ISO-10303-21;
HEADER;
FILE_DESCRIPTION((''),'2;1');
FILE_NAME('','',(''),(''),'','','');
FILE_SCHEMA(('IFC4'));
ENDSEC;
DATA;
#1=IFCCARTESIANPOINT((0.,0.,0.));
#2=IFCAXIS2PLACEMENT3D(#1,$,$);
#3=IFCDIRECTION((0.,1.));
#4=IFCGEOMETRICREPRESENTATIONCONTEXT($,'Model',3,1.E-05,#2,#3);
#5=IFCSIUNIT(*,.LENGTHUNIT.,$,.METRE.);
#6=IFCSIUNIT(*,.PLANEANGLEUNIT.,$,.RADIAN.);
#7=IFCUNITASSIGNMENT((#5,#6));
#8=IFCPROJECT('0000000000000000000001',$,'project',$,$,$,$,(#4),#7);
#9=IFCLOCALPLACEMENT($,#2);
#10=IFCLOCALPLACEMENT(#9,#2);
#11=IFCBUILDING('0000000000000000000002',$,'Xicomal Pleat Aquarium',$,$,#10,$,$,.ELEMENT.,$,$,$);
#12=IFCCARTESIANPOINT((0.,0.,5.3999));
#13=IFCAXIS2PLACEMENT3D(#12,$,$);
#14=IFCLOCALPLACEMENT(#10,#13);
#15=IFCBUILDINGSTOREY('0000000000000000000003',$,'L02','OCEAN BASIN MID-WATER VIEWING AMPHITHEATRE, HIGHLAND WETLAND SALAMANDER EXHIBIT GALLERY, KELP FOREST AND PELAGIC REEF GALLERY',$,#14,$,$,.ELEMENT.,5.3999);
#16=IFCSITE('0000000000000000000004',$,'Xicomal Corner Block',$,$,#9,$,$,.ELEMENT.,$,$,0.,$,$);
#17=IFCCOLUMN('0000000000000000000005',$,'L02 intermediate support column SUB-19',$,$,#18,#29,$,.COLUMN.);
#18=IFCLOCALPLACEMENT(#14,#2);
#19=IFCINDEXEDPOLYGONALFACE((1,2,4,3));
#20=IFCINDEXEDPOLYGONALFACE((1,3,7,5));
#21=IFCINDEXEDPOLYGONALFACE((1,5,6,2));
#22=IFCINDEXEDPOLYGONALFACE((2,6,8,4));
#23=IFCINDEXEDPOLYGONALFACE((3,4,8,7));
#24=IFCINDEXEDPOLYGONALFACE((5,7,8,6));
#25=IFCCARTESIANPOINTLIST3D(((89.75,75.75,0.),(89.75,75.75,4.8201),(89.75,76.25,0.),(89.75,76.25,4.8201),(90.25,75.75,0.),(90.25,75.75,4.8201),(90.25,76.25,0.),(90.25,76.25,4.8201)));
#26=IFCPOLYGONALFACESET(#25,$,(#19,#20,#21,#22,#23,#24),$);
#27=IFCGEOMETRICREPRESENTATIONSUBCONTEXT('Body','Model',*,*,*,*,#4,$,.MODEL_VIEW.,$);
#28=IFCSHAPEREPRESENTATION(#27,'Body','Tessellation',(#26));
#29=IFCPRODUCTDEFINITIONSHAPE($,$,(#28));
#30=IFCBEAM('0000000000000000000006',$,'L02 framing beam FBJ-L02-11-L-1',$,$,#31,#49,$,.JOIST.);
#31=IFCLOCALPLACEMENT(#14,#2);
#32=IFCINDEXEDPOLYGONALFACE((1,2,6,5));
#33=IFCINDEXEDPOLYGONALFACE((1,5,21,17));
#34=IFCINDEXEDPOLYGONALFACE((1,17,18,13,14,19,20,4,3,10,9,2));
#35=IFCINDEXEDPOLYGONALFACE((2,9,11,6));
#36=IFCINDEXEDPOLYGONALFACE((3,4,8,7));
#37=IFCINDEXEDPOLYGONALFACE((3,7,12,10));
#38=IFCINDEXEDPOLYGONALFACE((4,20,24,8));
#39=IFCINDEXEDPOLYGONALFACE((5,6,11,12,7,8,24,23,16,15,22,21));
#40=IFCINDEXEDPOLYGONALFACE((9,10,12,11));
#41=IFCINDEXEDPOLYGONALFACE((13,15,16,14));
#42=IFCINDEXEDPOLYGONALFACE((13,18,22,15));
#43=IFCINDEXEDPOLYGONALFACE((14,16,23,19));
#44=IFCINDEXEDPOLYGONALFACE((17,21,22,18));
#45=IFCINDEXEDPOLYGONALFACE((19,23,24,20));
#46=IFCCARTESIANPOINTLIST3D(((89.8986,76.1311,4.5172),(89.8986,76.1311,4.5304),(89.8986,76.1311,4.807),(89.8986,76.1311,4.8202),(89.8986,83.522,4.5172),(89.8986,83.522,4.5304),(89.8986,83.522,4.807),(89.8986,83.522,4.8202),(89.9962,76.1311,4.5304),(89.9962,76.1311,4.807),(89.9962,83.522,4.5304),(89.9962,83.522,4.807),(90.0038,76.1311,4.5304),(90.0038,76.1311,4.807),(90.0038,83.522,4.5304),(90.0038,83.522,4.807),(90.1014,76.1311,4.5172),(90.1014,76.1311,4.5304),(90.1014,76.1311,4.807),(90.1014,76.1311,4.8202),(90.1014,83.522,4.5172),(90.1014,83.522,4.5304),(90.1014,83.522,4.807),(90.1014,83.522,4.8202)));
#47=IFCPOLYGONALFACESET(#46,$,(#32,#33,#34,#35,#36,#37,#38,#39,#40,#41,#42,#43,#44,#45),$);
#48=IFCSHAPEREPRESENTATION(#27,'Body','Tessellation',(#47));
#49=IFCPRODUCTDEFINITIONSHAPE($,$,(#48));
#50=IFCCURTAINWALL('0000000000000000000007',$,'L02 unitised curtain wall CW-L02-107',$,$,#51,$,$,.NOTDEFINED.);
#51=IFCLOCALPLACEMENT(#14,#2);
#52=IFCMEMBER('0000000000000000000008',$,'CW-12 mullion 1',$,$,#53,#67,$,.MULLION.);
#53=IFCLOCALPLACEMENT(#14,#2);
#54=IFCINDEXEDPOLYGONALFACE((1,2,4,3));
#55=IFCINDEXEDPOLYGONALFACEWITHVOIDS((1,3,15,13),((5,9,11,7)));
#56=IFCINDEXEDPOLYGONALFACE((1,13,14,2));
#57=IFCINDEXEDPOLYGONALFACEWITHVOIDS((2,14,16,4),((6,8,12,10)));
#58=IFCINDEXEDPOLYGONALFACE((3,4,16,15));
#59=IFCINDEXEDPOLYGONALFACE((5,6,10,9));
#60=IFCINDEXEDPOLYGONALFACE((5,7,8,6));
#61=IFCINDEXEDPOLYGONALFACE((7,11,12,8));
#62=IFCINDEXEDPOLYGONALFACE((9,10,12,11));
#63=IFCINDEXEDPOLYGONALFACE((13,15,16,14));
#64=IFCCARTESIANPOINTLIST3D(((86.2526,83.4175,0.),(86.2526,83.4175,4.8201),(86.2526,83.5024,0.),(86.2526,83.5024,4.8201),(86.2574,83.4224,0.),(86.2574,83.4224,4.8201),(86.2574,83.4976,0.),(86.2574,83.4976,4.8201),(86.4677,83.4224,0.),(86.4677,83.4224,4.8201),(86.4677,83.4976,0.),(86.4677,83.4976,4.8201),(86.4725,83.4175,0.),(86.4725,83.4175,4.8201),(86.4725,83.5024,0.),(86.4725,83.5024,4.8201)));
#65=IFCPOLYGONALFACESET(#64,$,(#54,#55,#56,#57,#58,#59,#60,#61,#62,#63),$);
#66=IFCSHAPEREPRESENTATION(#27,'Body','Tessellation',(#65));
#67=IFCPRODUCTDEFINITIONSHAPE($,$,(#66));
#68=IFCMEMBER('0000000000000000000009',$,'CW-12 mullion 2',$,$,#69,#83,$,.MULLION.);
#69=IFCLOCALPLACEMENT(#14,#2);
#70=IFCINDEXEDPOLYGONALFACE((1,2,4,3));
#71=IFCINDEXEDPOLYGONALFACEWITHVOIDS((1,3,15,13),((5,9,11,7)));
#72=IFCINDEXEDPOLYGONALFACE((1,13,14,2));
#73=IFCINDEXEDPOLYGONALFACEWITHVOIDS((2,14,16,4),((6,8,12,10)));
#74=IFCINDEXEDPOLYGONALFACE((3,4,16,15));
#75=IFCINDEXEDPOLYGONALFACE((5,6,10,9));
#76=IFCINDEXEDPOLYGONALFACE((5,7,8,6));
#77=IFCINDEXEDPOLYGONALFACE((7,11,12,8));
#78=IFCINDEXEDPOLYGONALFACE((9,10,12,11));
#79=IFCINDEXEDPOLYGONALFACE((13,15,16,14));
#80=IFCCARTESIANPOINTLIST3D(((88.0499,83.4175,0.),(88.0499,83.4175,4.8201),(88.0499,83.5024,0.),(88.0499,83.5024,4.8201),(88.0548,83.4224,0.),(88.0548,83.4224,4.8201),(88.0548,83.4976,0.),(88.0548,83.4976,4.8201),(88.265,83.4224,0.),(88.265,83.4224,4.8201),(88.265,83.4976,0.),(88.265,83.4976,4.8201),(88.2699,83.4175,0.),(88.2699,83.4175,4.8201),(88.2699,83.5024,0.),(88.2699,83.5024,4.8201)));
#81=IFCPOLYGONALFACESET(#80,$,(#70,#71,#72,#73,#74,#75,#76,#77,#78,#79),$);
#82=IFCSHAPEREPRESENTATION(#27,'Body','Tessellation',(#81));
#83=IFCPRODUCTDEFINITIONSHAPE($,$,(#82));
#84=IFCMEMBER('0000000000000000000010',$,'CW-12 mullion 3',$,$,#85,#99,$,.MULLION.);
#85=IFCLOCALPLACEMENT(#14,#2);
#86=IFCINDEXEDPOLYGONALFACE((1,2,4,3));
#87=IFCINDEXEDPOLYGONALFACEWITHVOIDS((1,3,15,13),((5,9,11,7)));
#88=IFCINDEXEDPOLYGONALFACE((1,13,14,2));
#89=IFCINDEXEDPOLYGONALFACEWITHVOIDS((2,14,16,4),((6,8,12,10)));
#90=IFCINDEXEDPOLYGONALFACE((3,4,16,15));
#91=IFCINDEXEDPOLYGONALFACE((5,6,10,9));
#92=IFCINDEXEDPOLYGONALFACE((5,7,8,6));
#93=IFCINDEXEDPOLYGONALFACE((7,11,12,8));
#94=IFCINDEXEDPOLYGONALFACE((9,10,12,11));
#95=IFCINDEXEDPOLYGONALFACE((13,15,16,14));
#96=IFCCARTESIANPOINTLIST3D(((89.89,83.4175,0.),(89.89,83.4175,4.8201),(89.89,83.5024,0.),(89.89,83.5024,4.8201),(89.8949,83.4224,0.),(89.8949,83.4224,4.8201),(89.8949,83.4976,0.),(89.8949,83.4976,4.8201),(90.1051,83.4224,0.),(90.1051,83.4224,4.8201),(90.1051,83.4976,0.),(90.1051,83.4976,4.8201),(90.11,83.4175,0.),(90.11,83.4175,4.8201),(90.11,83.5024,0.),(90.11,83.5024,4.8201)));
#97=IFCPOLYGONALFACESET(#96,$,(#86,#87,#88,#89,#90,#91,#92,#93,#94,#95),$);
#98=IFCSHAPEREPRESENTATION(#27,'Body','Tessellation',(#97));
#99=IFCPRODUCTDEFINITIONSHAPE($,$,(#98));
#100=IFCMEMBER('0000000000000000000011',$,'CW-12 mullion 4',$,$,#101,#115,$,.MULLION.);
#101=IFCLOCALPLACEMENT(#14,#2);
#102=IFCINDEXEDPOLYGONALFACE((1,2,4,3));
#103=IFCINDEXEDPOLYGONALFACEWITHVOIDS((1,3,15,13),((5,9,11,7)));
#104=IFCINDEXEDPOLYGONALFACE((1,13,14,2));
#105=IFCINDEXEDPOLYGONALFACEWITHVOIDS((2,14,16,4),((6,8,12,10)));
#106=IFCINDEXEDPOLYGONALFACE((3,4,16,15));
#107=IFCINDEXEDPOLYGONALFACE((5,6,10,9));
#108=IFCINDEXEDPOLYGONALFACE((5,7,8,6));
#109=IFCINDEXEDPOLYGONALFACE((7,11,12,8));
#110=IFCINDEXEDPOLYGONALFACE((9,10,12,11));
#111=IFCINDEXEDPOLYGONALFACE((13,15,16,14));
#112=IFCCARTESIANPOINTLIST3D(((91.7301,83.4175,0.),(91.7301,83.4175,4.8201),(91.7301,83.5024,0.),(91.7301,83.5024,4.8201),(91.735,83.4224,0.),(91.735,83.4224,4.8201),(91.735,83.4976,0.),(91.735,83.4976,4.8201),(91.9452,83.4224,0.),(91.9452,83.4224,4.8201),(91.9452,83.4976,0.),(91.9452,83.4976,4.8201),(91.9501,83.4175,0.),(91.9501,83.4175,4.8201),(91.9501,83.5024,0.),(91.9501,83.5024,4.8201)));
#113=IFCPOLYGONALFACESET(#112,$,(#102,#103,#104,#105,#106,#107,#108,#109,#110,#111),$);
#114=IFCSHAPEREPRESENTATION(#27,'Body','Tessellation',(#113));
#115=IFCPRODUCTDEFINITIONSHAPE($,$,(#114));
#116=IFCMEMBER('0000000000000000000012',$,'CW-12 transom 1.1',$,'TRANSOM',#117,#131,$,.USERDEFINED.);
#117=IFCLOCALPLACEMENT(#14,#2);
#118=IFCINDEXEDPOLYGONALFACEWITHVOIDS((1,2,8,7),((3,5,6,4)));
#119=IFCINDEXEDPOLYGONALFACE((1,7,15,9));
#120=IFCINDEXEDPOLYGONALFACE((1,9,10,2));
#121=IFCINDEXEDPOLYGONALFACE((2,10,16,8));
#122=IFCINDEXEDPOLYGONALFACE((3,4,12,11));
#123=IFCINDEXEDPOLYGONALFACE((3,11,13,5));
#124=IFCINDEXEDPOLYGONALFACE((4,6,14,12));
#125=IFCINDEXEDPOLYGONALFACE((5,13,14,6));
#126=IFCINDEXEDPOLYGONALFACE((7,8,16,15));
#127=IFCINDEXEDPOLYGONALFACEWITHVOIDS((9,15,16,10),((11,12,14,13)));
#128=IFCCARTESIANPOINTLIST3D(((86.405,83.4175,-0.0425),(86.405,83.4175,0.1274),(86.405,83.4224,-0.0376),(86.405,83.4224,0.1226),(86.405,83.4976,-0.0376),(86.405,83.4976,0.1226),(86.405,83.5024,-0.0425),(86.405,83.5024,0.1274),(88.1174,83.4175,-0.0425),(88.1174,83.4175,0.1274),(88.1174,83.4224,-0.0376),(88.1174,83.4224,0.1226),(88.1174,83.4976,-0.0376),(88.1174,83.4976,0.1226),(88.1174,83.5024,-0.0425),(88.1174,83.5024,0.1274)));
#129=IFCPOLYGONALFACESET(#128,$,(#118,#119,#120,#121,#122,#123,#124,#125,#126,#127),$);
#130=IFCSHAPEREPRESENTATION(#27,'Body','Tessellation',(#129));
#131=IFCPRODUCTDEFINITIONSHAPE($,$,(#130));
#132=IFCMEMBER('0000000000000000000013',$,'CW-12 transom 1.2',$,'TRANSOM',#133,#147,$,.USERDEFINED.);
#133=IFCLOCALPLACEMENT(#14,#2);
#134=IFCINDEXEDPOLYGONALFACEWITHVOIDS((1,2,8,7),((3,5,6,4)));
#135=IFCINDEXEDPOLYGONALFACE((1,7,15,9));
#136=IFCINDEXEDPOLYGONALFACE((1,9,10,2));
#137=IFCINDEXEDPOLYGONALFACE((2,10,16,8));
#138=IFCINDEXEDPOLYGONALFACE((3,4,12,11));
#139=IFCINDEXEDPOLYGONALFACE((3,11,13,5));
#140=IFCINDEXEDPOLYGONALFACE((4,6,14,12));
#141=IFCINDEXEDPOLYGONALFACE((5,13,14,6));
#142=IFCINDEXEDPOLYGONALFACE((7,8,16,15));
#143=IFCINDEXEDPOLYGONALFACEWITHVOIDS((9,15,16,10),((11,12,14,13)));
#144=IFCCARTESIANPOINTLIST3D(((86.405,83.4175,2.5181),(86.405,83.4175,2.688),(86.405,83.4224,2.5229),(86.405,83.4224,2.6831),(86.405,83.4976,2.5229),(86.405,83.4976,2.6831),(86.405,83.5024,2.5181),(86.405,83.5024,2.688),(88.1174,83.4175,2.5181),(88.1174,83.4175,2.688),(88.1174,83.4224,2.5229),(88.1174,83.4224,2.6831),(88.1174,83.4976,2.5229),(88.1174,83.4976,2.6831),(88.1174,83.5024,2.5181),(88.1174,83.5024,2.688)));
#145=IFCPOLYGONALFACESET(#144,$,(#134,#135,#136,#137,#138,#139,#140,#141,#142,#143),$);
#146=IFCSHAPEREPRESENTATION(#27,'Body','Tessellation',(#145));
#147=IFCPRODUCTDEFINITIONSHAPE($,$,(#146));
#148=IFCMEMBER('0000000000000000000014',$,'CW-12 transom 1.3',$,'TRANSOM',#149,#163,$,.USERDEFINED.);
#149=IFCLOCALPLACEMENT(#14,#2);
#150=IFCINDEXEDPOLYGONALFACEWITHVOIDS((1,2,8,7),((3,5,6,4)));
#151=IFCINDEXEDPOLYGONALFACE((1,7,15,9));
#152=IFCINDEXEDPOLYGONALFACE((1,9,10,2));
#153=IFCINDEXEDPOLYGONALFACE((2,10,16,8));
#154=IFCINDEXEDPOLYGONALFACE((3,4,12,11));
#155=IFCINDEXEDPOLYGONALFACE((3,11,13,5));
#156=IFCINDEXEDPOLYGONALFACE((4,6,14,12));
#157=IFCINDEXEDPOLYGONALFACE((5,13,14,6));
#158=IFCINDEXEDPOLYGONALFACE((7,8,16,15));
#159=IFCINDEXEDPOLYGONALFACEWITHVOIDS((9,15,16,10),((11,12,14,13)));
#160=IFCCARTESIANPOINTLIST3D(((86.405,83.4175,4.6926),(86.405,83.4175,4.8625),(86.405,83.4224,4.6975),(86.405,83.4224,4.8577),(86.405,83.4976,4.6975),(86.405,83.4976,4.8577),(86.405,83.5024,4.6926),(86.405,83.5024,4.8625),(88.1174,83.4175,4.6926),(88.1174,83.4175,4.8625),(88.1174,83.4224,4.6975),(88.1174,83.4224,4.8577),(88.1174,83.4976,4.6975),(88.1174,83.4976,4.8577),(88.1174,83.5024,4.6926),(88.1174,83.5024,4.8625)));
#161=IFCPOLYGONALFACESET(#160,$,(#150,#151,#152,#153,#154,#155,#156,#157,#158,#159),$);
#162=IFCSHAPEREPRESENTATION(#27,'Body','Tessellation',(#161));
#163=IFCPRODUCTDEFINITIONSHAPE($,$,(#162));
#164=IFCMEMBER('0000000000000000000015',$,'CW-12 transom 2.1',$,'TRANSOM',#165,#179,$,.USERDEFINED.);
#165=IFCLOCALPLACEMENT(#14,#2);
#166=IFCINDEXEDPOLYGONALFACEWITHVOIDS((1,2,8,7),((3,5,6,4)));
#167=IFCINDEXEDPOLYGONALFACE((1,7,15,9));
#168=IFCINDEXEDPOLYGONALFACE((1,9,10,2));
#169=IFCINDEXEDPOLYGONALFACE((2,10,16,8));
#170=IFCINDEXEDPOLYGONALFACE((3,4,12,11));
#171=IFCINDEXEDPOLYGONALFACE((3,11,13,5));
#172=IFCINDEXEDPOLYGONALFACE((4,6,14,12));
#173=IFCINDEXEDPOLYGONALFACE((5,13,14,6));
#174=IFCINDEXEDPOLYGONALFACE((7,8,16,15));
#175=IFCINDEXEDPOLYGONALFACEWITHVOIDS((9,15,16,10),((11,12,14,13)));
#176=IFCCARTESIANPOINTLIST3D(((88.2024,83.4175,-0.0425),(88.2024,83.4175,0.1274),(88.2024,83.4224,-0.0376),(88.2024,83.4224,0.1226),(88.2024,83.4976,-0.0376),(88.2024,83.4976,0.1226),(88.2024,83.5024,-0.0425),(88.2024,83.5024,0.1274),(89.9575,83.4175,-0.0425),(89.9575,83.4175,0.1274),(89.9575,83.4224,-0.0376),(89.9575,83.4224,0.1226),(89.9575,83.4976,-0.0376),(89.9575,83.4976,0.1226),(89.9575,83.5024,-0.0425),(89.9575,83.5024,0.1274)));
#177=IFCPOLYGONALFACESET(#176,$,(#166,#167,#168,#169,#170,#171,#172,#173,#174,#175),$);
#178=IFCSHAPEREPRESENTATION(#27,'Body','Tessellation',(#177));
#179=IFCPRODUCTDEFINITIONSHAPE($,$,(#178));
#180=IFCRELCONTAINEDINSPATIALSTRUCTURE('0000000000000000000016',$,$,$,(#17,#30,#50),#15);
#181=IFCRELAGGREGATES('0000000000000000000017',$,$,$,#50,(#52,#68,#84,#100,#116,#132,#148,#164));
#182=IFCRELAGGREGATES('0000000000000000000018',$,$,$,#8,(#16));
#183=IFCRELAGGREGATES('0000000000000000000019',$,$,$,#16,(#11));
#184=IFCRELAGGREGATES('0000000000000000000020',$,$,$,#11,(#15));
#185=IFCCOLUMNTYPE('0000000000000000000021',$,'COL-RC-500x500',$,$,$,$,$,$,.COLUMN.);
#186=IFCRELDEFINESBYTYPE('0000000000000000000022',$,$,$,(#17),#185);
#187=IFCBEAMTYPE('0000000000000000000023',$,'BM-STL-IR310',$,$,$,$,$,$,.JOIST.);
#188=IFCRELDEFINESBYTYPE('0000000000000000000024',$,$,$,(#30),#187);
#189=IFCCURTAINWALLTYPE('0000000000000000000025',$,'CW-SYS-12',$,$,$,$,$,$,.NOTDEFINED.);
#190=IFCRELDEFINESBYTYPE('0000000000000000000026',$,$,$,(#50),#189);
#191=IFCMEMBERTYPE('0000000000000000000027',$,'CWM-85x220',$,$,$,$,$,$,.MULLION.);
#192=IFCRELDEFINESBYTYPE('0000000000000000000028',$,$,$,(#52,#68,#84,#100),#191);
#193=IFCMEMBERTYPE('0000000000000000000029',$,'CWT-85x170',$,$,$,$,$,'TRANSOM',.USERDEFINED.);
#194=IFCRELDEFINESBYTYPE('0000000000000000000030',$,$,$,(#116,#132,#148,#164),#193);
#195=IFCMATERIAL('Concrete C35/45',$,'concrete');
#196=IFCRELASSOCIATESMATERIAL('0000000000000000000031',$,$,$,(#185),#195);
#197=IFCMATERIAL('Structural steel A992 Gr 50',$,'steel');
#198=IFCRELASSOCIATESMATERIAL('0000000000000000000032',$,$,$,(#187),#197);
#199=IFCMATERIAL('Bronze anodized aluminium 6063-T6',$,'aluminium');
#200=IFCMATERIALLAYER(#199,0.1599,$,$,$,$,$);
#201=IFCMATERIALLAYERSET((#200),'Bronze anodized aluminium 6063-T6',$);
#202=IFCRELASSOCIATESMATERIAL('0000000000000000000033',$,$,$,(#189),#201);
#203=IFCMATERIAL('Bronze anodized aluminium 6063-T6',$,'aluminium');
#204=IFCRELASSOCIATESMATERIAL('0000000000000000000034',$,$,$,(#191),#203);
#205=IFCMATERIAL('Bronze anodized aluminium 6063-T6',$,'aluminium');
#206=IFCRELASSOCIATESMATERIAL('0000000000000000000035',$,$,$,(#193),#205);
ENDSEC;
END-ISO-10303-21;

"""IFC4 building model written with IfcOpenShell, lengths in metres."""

from ifc_helpers import new_model, si_unit, direction, frame, origin, origin_2d, place, context, subcontext, project, spatial, rectangle, hollow_rectangle, i_section, extrude, material, layer, layer_set, material_profile, profile_set, type_object, element, aggregate, save


model = new_model("IFC4")

# Units and contexts
model_context = context("Model", 3, precision=1e-05, world=origin(), true_north=direction((0.0, 1.0)))
body_context = subcontext(model_context, "Body", "Model", "MODEL_VIEW")
ifc_project = project(units=[si_unit("LENGTHUNIT", "METRE"), si_unit("PLANEANGLEUNIT", "RADIAN")], contexts=[model_context])

# Site, building, storey
site_placement = place(None, origin())
site = spatial("IfcSite", under=ifc_project, at=site_placement, Name="Xicomal Corner Block", CompositionType="ELEMENT", RefElevation=0.0)
building_placement = place(site_placement, origin())
building = spatial("IfcBuilding", under=site, at=building_placement, Name="Xicomal Pleat Aquarium", CompositionType="ELEMENT")
storey_placement = place(building_placement, frame((0.0, 0.0, 5.3999)))
storey = spatial("IfcBuildingStorey", under=building, at=storey_placement, Name="L02", Description="OCEAN BASIN MID-WATER VIEWING AMPHITHEATRE, HIGHLAND WETLAND SALAMANDER EXHIBIT GALLERY, KELP FOREST AND PELAGIC REEF GALLERY", CompositionType="ELEMENT", Elevation=5.3999)

# Column
ifc_material_1 = material(Name="Concrete C35/45", Category="concrete")
ifc_material_profile_1 = material_profile(ifc_material_1, rectangle(XDim=0.5, YDim=0.5, at=origin_2d()), Name="RC 500x500")
ifc_profile_set_1 = profile_set([ifc_material_profile_1], Name="Concrete C35/45")
column_type = type_object("IfcColumnType", Name="COL-RC-500x500", PredefinedType="COLUMN", material=ifc_profile_set_1)
column_placement = place(storey_placement, frame((90.0, 76.0, 0.0), z_axis=(0.0, 0.0, 1.0), x_axis=(1.0, 0.0, 0.0)))
element("IfcColumn", 1, at=column_placement, inside=storey, type_object=column_type, Name="L02 intermediate support column SUB-19", PredefinedType="COLUMN", context=body_context, shape_type="SweptSolid", body=[
    extrude(rectangle(XDim=0.5, YDim=0.5, at=origin_2d()), origin(), (0.0, 0.0, 1.0), 4.8201),
])

# Beam
ifc_material_2 = material(Name="Structural steel A992 Gr 50", Category="steel")
ifc_material_profile_2 = material_profile(ifc_material_2, i_section(OverallWidth=0.2029, OverallDepth=0.303, WebThickness=0.0076, FlangeThickness=0.0132, at=origin_2d()), Name="IR 310x60")
ifc_profile_set_2 = profile_set([ifc_material_profile_2], Name="Structural steel A992 Gr 50")
beam_type = type_object("IfcBeamType", Name="BM-STL-IR310", PredefinedType="JOIST", material=ifc_profile_set_2)
beam_placement = place(storey_placement, frame((90.0, 76.1311, 4.6687), z_axis=(0.0, 1.0, 0.0), x_axis=(-1.0, 0.0, 0.0)))
element("IfcBeam", 2, at=beam_placement, inside=storey, type_object=beam_type, Name="L02 framing beam FBJ-L02-11-L-1", PredefinedType="JOIST", context=body_context, shape_type="SweptSolid", body=[
    extrude(i_section(OverallWidth=0.2029, OverallDepth=0.303, WebThickness=0.0076, FlangeThickness=0.0132, at=origin_2d()), origin(), (0.0, 0.0, 1.0), 7.3909),
])

# Curtain wall, members
ifc_material_3 = material(Name="Bronze anodized aluminium 6063-T6", Category="aluminium")
ifc_layer_1 = layer(ifc_material_3, 0.1599)
ifc_layer_set_1 = layer_set([ifc_layer_1], Name="Bronze anodized aluminium 6063-T6")
curtain_wall_type = type_object("IfcCurtainWallType", Name="CW-SYS-12", PredefinedType="NOTDEFINED", material=ifc_layer_set_1)
curtain_wall_placement = place(storey_placement, origin())
curtain_wall = element("IfcCurtainWall", 3, at=curtain_wall_placement, inside=storey, type_object=curtain_wall_type, Name="L02 unitised curtain wall CW-L02-107", PredefinedType="NOTDEFINED")
ifc_material_4 = material(Name="Bronze anodized aluminium 6063-T6", Category="aluminium")
ifc_material_profile_3 = material_profile(ifc_material_4, hollow_rectangle(XDim=0.085, YDim=0.22, WallThickness=0.0049, at=origin_2d()), Name="ALU MULL 85x220")
ifc_profile_set_3 = profile_set([ifc_material_profile_3], Name="Bronze anodized aluminium 6063-T6")
member_type_1 = type_object("IfcMemberType", Name="CWM-85x220", PredefinedType="MULLION", material=ifc_profile_set_3)
member_1_placement = place(storey_placement, frame((86.3625, 83.46, 0.0), z_axis=(0.0, 0.0, 1.0), x_axis=(0.0, 1.0, 0.0)))
member_1 = element("IfcMember", 4, at=member_1_placement, type_object=member_type_1, Name="CW-12 mullion 1", PredefinedType="MULLION", context=body_context, shape_type="SweptSolid", body=[
    extrude(hollow_rectangle(XDim=0.085, YDim=0.22, WallThickness=0.0049, at=origin_2d()), origin(), (0.0, 0.0, 1.0), 4.8201),
])
member_2_placement = place(storey_placement, frame((88.1599, 83.46, 0.0), z_axis=(0.0, 0.0, 1.0), x_axis=(0.0, 1.0, 0.0)))
member_2 = element("IfcMember", 5, at=member_2_placement, type_object=member_type_1, Name="CW-12 mullion 2", PredefinedType="MULLION", context=body_context, shape_type="SweptSolid", body=[
    extrude(hollow_rectangle(XDim=0.085, YDim=0.22, WallThickness=0.0049, at=origin_2d()), origin(), (0.0, 0.0, 1.0), 4.8201),
])
member_3_placement = place(storey_placement, frame((90.0, 83.46, 0.0), z_axis=(0.0, 0.0, 1.0), x_axis=(0.0, 1.0, 0.0)))
member_3 = element("IfcMember", 6, at=member_3_placement, type_object=member_type_1, Name="CW-12 mullion 3", PredefinedType="MULLION", context=body_context, shape_type="SweptSolid", body=[
    extrude(hollow_rectangle(XDim=0.085, YDim=0.22, WallThickness=0.0049, at=origin_2d()), origin(), (0.0, 0.0, 1.0), 4.8201),
])
member_4_placement = place(storey_placement, frame((91.8401, 83.46, 0.0), z_axis=(0.0, 0.0, 1.0), x_axis=(0.0, 1.0, 0.0)))
member_4 = element("IfcMember", 7, at=member_4_placement, type_object=member_type_1, Name="CW-12 mullion 4", PredefinedType="MULLION", context=body_context, shape_type="SweptSolid", body=[
    extrude(hollow_rectangle(XDim=0.085, YDim=0.22, WallThickness=0.0049, at=origin_2d()), origin(), (0.0, 0.0, 1.0), 4.8201),
])
ifc_material_5 = material(Name="Bronze anodized aluminium 6063-T6", Category="aluminium")
ifc_material_profile_4 = material_profile(ifc_material_5, hollow_rectangle(XDim=0.085, YDim=0.1699, WallThickness=0.0049, at=origin_2d()), Name="ALU TRAN 85x170")
ifc_profile_set_4 = profile_set([ifc_material_profile_4], Name="Bronze anodized aluminium 6063-T6")
member_type_2 = type_object("IfcMemberType", Name="CWT-85x170", ElementType="TRANSOM", PredefinedType="USERDEFINED", material=ifc_profile_set_4)
member_5_placement = place(storey_placement, frame((86.405, 83.46, 0.0425), z_axis=(1.0, 0.0, 0.0), x_axis=(0.0, 1.0, 0.0)))
member_5 = element("IfcMember", 8, at=member_5_placement, type_object=member_type_2, Name="CW-12 transom 1.1", ObjectType="TRANSOM", PredefinedType="USERDEFINED", context=body_context, shape_type="SweptSolid", body=[
    extrude(hollow_rectangle(XDim=0.085, YDim=0.1699, WallThickness=0.0049, at=origin_2d()), origin(), (0.0, 0.0, 1.0), 1.7124),
])
member_6_placement = place(storey_placement, frame((86.405, 83.46, 2.603), z_axis=(1.0, 0.0, 0.0), x_axis=(0.0, 1.0, 0.0)))
member_6 = element("IfcMember", 9, at=member_6_placement, type_object=member_type_2, Name="CW-12 transom 1.2", ObjectType="TRANSOM", PredefinedType="USERDEFINED", context=body_context, shape_type="SweptSolid", body=[
    extrude(hollow_rectangle(XDim=0.085, YDim=0.1699, WallThickness=0.0049, at=origin_2d()), origin(), (0.0, 0.0, 1.0), 1.7124),
])
member_7_placement = place(storey_placement, frame((86.405, 83.46, 4.7776), z_axis=(1.0, 0.0, 0.0), x_axis=(0.0, 1.0, 0.0)))
member_7 = element("IfcMember", 10, at=member_7_placement, type_object=member_type_2, Name="CW-12 transom 1.3", ObjectType="TRANSOM", PredefinedType="USERDEFINED", context=body_context, shape_type="SweptSolid", body=[
    extrude(hollow_rectangle(XDim=0.085, YDim=0.1699, WallThickness=0.0049, at=origin_2d()), origin(), (0.0, 0.0, 1.0), 1.7124),
])
member_8_placement = place(storey_placement, frame((88.2024, 83.46, 0.0425), z_axis=(1.0, 0.0, 0.0), x_axis=(0.0, 1.0, 0.0)))
member_8 = element("IfcMember", 11, at=member_8_placement, type_object=member_type_2, Name="CW-12 transom 2.1", ObjectType="TRANSOM", PredefinedType="USERDEFINED", context=body_context, shape_type="SweptSolid", body=[
    extrude(hollow_rectangle(XDim=0.085, YDim=0.1699, WallThickness=0.0049, at=origin_2d()), origin(), (0.0, 0.0, 1.0), 1.7551),
])
aggregate(curtain_wall, [member_1, member_2, member_3, member_4, member_5, member_6, member_7, member_8])

save(model, "model.ifc")
